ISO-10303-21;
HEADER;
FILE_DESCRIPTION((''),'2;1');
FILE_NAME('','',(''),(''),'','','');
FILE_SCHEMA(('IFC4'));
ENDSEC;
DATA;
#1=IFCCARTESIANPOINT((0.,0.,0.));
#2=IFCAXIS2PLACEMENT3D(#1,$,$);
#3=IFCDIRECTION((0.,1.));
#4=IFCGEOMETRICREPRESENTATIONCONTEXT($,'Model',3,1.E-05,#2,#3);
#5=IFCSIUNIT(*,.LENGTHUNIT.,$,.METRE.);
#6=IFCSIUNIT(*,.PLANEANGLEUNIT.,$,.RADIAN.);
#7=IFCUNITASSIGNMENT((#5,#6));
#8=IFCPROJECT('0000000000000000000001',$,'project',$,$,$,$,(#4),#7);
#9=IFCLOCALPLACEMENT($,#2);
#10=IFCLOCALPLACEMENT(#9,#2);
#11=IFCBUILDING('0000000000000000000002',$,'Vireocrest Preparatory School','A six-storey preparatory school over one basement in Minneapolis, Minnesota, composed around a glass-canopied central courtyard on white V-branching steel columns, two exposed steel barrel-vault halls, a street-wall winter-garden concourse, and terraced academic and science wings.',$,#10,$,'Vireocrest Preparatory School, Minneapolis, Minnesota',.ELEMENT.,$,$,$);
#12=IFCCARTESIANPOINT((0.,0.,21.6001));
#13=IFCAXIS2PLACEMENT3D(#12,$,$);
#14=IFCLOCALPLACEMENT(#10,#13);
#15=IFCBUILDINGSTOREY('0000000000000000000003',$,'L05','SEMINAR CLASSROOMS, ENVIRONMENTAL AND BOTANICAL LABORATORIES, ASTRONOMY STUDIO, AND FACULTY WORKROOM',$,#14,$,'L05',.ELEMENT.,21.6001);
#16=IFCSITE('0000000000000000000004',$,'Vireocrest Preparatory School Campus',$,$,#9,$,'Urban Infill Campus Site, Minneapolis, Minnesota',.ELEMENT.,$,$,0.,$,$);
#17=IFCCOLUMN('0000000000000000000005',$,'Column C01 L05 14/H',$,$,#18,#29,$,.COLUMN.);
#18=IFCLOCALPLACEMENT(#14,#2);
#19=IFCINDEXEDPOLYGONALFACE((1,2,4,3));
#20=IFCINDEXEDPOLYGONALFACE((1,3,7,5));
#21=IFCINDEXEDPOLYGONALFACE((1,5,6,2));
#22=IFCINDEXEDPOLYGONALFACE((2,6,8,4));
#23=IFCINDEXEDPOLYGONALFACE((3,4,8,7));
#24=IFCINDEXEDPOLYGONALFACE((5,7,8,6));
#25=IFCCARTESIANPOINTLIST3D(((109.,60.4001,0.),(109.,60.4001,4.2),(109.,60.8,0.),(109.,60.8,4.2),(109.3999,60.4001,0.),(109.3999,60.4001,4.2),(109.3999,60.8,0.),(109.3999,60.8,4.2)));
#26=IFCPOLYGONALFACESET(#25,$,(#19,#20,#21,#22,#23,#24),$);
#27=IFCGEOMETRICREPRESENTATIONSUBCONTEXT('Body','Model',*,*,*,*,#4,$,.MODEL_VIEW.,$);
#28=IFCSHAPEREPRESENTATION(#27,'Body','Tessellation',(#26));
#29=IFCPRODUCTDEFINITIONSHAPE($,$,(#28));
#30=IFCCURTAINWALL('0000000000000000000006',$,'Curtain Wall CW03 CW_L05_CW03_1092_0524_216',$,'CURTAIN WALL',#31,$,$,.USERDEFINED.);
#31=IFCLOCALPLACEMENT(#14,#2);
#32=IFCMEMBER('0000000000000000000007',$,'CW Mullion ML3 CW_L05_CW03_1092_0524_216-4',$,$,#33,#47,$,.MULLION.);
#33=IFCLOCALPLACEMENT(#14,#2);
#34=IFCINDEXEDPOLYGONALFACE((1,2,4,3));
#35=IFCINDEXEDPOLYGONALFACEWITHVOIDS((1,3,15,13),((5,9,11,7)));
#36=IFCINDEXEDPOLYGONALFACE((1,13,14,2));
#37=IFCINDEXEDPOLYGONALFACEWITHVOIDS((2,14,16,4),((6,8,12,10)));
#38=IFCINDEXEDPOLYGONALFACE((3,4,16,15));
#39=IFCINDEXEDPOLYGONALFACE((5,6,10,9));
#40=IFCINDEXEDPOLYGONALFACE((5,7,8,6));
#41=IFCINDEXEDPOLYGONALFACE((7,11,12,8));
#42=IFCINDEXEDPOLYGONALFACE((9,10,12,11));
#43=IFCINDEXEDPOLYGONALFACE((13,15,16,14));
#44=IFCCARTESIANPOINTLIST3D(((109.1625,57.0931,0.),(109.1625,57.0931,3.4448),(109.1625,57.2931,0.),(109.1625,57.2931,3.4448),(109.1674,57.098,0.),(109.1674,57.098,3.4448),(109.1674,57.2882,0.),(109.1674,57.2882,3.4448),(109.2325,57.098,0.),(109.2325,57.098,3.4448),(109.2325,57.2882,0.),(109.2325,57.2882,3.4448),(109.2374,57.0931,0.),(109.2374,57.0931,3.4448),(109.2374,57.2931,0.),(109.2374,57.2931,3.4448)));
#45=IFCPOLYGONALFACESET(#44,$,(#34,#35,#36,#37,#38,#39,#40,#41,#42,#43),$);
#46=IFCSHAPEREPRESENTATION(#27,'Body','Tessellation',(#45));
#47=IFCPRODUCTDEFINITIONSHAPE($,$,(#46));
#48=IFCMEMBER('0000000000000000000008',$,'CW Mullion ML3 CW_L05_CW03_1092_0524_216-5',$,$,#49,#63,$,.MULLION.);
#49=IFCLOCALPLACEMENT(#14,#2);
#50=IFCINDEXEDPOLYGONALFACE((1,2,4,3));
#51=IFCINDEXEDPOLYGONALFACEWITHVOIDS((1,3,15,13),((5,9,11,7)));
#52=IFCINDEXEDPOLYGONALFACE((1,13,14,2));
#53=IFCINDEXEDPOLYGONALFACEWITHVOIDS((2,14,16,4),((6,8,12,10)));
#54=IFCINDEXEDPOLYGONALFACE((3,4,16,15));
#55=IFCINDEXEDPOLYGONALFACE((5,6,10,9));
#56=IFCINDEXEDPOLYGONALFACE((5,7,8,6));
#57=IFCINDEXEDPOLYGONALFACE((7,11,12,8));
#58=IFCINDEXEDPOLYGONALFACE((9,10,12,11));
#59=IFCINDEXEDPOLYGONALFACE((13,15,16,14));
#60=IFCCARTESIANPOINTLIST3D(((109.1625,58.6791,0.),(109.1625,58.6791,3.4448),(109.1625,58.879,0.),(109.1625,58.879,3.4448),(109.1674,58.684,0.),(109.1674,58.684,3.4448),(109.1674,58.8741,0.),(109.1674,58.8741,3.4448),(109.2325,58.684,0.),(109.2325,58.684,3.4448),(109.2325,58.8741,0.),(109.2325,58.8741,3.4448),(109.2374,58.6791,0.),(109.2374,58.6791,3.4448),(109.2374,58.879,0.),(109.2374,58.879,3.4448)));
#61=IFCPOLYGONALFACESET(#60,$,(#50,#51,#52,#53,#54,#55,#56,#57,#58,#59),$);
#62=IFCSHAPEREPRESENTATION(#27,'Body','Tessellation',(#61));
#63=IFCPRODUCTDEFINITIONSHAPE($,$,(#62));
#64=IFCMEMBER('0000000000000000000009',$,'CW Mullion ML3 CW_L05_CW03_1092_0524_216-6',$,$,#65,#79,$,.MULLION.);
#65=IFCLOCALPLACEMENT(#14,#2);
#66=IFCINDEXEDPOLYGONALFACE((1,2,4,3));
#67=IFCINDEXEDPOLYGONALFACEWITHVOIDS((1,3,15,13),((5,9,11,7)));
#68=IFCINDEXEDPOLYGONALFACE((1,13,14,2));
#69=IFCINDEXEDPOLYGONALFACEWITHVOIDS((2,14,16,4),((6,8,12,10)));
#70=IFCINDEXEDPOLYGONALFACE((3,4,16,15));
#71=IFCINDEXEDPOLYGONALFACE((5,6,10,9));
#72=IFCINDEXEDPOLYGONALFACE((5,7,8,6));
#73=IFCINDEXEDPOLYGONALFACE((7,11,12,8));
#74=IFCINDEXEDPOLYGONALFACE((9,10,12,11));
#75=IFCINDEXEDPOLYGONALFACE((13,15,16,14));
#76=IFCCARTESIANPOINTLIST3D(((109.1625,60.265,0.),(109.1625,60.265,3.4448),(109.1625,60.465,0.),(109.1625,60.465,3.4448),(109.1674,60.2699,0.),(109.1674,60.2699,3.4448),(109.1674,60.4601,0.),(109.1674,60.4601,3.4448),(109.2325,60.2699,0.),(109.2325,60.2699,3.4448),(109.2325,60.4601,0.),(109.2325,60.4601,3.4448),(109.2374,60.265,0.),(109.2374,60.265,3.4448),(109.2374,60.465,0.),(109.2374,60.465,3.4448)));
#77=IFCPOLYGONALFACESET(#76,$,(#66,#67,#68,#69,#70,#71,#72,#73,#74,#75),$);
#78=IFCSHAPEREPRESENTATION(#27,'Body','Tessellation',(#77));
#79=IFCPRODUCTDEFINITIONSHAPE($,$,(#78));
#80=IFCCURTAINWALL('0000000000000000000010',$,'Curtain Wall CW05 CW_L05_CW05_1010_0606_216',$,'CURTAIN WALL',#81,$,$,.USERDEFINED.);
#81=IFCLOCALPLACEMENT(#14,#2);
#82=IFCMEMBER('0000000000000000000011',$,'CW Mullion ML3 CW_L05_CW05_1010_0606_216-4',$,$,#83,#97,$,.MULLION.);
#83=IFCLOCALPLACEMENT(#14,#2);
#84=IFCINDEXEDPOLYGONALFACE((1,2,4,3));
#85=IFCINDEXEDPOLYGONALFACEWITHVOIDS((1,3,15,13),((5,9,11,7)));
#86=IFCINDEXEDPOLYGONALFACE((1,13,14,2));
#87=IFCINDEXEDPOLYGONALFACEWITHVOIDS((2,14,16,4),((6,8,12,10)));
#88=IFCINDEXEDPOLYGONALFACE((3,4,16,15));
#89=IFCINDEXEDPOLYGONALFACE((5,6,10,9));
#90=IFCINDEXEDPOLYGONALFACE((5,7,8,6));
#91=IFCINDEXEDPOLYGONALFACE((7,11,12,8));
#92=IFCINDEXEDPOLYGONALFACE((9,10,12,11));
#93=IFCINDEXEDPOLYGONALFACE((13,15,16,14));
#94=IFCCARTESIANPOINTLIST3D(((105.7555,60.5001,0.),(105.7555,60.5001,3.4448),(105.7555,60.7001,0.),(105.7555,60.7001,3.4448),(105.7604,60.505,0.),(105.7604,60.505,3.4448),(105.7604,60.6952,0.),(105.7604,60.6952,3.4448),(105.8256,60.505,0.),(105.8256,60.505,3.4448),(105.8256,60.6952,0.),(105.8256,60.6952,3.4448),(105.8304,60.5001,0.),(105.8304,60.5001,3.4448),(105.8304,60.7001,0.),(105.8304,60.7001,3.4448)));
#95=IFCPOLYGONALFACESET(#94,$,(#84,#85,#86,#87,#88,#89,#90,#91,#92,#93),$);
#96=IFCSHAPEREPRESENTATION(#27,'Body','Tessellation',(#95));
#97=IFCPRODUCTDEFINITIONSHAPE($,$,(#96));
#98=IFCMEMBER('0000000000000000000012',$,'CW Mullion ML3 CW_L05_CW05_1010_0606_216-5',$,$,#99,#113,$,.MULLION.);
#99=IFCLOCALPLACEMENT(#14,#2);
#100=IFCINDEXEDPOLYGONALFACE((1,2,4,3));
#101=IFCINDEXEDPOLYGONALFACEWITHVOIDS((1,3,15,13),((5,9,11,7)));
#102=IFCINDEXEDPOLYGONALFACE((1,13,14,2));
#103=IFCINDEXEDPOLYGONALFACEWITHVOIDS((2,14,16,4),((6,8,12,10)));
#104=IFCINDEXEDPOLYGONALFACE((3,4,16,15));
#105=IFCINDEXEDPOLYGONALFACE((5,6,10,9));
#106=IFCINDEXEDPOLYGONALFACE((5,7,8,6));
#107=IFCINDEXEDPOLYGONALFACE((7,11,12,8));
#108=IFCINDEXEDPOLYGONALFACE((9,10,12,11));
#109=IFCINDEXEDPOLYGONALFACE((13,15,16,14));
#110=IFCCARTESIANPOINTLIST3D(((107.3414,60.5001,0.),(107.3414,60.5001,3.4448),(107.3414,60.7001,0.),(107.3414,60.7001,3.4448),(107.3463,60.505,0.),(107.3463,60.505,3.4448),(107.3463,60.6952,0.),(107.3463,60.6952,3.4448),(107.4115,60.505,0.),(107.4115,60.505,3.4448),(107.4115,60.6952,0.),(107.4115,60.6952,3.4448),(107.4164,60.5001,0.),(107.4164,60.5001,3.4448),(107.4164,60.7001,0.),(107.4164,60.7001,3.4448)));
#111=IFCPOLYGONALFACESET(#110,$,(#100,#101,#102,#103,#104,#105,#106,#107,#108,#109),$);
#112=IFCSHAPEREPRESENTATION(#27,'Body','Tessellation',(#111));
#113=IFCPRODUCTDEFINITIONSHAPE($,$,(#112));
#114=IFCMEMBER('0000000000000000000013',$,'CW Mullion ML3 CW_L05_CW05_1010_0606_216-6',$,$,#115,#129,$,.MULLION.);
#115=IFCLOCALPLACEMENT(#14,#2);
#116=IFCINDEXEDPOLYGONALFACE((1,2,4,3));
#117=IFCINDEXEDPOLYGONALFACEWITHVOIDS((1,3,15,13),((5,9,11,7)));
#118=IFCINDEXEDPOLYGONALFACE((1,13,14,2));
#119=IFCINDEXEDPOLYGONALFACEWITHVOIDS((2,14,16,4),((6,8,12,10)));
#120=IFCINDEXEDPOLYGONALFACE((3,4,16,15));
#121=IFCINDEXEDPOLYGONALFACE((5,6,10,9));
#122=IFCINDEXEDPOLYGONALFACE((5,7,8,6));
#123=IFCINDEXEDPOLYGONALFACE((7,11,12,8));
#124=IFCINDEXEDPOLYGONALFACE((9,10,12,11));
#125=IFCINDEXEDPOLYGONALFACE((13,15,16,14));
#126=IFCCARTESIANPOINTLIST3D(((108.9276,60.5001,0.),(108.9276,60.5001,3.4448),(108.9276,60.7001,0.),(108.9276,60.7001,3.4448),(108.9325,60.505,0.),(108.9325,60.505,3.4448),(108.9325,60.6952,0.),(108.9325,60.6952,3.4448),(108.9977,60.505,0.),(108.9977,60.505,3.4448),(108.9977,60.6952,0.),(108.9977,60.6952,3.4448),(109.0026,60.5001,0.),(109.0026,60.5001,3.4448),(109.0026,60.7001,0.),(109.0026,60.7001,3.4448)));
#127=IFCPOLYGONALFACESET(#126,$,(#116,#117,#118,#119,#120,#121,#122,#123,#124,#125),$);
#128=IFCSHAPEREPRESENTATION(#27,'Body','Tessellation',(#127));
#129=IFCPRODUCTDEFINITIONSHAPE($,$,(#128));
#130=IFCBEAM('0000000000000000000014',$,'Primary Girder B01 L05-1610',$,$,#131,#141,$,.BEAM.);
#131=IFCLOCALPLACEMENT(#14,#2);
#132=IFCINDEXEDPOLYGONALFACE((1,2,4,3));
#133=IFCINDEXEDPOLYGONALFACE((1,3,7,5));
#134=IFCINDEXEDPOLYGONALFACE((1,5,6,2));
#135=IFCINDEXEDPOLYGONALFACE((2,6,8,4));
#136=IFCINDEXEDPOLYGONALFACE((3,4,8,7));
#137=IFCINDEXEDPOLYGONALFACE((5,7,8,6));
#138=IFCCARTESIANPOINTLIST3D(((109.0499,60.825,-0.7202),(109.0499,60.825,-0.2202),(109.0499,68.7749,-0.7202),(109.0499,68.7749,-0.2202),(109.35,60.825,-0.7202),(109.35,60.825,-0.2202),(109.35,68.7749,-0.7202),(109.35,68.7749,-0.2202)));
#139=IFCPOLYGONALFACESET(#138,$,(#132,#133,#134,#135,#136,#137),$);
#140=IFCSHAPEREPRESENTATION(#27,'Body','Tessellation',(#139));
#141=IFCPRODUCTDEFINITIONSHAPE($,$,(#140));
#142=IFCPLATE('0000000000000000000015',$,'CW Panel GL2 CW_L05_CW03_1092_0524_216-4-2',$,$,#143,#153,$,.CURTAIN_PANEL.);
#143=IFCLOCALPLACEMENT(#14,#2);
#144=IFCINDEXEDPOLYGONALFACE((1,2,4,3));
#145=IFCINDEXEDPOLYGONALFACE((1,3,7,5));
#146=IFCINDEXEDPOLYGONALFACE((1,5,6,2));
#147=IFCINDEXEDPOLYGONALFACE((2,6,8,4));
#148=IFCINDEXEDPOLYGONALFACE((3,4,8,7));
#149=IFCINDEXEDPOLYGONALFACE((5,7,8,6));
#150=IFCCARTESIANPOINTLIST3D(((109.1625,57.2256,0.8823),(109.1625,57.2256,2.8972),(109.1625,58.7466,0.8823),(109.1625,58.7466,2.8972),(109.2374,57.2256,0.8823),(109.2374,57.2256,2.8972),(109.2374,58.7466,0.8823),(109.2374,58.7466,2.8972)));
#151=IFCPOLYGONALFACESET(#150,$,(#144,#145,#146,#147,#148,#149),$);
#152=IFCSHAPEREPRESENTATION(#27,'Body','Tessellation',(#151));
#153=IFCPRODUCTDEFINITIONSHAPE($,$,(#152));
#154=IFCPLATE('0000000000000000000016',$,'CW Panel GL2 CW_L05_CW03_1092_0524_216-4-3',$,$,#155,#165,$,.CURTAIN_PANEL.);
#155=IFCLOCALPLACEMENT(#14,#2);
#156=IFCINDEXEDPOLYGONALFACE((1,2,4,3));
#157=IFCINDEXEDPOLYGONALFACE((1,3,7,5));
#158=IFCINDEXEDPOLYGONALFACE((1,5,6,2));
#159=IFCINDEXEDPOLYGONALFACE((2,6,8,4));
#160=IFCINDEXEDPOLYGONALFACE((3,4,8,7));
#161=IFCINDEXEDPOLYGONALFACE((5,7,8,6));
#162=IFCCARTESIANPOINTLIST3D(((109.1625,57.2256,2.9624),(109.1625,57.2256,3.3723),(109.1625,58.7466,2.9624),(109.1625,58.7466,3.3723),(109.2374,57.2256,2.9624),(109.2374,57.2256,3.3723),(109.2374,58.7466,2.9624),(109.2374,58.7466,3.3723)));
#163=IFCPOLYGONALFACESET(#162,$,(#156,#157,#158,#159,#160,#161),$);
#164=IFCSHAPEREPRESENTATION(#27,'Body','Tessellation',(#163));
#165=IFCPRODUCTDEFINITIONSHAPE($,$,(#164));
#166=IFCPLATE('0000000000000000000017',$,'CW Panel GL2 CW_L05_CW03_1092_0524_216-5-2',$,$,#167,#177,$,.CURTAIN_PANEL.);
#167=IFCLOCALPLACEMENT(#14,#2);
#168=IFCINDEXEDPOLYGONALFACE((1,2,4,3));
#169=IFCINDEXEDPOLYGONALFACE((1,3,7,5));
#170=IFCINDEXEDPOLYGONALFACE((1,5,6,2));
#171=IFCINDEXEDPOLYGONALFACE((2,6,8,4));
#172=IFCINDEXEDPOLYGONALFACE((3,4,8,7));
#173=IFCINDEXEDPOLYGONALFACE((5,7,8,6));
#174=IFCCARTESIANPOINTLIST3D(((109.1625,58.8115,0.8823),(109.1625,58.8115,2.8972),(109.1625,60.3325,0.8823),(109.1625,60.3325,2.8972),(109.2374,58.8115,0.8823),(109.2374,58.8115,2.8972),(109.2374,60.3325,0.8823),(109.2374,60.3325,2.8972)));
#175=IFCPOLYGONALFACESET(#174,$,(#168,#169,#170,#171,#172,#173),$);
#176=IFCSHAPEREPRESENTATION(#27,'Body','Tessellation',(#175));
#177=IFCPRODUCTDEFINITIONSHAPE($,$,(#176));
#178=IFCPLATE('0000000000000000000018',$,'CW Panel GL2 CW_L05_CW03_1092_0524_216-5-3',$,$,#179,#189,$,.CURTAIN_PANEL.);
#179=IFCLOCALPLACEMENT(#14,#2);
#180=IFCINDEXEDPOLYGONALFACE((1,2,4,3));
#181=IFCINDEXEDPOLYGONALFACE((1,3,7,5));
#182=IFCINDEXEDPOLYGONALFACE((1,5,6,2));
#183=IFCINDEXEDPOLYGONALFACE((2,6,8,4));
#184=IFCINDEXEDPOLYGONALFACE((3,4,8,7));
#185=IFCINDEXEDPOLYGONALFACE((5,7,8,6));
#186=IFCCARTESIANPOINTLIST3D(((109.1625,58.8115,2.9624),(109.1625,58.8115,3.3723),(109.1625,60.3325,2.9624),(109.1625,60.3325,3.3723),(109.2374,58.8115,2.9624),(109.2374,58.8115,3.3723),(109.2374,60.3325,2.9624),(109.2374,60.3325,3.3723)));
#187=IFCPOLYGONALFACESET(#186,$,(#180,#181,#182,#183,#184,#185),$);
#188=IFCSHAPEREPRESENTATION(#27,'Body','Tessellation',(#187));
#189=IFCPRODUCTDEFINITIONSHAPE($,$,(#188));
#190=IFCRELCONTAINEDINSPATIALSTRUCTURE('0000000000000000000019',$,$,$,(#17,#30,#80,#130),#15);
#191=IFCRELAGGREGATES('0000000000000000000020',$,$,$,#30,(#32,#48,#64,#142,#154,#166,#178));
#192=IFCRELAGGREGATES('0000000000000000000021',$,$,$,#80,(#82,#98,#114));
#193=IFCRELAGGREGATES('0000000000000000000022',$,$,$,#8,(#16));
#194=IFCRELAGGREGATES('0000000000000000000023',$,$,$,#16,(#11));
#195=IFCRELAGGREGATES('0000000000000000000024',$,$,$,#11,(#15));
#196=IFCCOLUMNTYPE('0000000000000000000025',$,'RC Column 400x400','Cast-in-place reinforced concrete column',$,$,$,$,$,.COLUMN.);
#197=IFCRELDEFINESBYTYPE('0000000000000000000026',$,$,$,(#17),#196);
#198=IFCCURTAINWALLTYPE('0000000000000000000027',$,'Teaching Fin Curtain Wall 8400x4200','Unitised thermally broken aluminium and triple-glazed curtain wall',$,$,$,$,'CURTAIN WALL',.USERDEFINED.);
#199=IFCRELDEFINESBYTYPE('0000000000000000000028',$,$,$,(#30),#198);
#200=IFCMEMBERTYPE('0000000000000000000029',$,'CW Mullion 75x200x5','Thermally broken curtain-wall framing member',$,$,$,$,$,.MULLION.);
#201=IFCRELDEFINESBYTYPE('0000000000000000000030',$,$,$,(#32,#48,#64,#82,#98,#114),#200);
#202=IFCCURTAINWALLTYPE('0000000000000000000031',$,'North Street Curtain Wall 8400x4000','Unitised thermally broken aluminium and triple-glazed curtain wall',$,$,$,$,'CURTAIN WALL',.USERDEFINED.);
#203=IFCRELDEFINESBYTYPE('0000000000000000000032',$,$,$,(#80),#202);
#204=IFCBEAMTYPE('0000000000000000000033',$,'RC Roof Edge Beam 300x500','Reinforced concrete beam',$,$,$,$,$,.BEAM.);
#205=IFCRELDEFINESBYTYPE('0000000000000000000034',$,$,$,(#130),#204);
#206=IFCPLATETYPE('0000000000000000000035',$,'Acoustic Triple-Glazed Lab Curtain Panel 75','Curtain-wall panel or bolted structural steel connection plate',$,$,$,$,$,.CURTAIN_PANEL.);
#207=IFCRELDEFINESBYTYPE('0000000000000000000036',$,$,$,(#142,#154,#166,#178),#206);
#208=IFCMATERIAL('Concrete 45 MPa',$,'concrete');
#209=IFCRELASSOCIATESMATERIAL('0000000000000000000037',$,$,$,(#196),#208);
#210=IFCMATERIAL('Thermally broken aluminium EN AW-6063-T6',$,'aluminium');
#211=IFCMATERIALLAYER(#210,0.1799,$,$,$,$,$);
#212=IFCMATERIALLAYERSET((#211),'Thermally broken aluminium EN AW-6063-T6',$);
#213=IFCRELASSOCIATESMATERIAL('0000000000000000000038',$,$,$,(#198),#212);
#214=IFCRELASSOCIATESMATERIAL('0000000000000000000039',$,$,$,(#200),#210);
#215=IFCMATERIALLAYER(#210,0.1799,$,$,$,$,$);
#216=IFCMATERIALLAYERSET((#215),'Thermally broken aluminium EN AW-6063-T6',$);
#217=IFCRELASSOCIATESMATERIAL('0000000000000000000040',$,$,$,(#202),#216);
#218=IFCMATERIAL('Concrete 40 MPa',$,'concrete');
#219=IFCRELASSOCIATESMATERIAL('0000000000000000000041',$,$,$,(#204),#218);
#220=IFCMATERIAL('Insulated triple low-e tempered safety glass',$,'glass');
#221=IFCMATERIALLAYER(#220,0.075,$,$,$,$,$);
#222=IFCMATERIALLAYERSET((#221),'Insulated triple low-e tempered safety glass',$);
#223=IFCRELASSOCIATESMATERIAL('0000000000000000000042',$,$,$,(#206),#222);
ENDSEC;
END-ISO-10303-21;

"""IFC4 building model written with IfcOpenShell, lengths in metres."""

from ifc_helpers import new_model, si_unit, direction, frame, origin, origin_2d, place, context, subcontext, project, spatial, rectangle, hollow_rectangle, extrude, material, layer, layer_set, material_profile, profile_set, type_object, element, aggregate, save


model = new_model("IFC4")

# Units and contexts
model_context = context("Model", 3, precision=1e-05, world=origin(), true_north=direction((0.0, 1.0)))
body_context = subcontext(model_context, "Body", "Model", "MODEL_VIEW")
ifc_project = project(units=[si_unit("LENGTHUNIT", "METRE"), si_unit("PLANEANGLEUNIT", "RADIAN")], contexts=[model_context])

# Site, building, storey
site_placement = place(None, origin())
site = spatial("IfcSite", under=ifc_project, at=site_placement, Name="Vireocrest Preparatory School Campus", LongName="Urban Infill Campus Site, Minneapolis, Minnesota", CompositionType="ELEMENT", RefElevation=0.0)
building_placement = place(site_placement, origin())
building = spatial("IfcBuilding", under=site, at=building_placement, Name="Vireocrest Preparatory School", Description="A six-storey preparatory school over one basement in Minneapolis, Minnesota, composed around a glass-canopied central courtyard on white V-branching steel columns, two exposed steel barrel-vault halls, a street-wall winter-garden concourse, and terraced academic and science wings.", LongName="Vireocrest Preparatory School, Minneapolis, Minnesota", CompositionType="ELEMENT")
storey_placement = place(building_placement, frame((0.0, 0.0, 21.6001)))
storey = spatial("IfcBuildingStorey", under=building, at=storey_placement, Name="L05", Description="SEMINAR CLASSROOMS, ENVIRONMENTAL AND BOTANICAL LABORATORIES, ASTRONOMY STUDIO, AND FACULTY WORKROOM", LongName="L05", CompositionType="ELEMENT", Elevation=21.6001)

# Column
ifc_material_1 = material(Name="Concrete 45 MPa", Category="concrete")
ifc_material_profile_1 = material_profile(ifc_material_1, rectangle(XDim=0.3999, YDim=0.3999, at=origin_2d()), Name="RC 400x400")
ifc_profile_set_1 = profile_set([ifc_material_profile_1], Name="Concrete 45 MPa")
column_type = type_object("IfcColumnType", Name="RC Column 400x400", Description="Cast-in-place reinforced concrete column", PredefinedType="COLUMN", material=ifc_profile_set_1)
column_placement = place(storey_placement, frame((109.2, 60.6001, 0.0), z_axis=(0.0, 0.0, 1.0), x_axis=(1.0, 0.0, 0.0)))
element("IfcColumn", 1, at=column_placement, inside=storey, type_object=column_type, Name="Column C01 L05 14/H", PredefinedType="COLUMN", context=body_context, shape_type="SweptSolid", body=[
    extrude(rectangle(XDim=0.3999, YDim=0.3999, at=origin_2d()), origin(), (0.0, 0.0, 1.0), 4.2),
])

# Curtain walls, members
ifc_material_2 = material(Name="Thermally broken aluminium EN AW-6063-T6", Category="aluminium")
ifc_layer_1 = layer(ifc_material_2, 0.1799)
ifc_layer_set_1 = layer_set([ifc_layer_1], Name="Thermally broken aluminium EN AW-6063-T6")
curtain_wall_type_1 = type_object("IfcCurtainWallType", Name="Teaching Fin Curtain Wall 8400x4200", Description="Unitised thermally broken aluminium and triple-glazed curtain wall", ElementType="CURTAIN WALL", PredefinedType="USERDEFINED", material=ifc_layer_set_1)
curtain_wall_1_placement = place(storey_placement, origin())
curtain_wall_1 = element("IfcCurtainWall", 2, at=curtain_wall_1_placement, inside=storey, type_object=curtain_wall_type_1, Name="Curtain Wall CW03 CW_L05_CW03_1092_0524_216", ObjectType="CURTAIN WALL", PredefinedType="USERDEFINED")
ifc_material_profile_2 = material_profile(ifc_material_2, hollow_rectangle(XDim=0.075, YDim=0.2, WallThickness=0.0049, at=origin_2d()), Name="ALU 75x200x5")
ifc_profile_set_2 = profile_set([ifc_material_profile_2], Name="Thermally broken aluminium EN AW-6063-T6")
member_type = type_object("IfcMemberType", Name="CW Mullion 75x200x5", Description="Thermally broken curtain-wall framing member", PredefinedType="MULLION", material=ifc_profile_set_2)
member_1_placement = place(storey_placement, frame((109.2, 57.1931, 0.0), z_axis=(0.0, 0.0, 1.0), x_axis=(1.0, 0.0, 0.0)))
member_1 = element("IfcMember", 3, at=member_1_placement, type_object=member_type, Name="CW Mullion ML3 CW_L05_CW03_1092_0524_216-4", PredefinedType="MULLION", context=body_context, shape_type="SweptSolid", body=[
    extrude(hollow_rectangle(XDim=0.075, YDim=0.2, WallThickness=0.0049, at=origin_2d()), origin(), (0.0, 0.0, 1.0), 3.4448),
])
member_2_placement = place(storey_placement, frame((109.2, 58.7791, 0.0), z_axis=(0.0, 0.0, 1.0), x_axis=(1.0, 0.0, 0.0)))
member_2 = element("IfcMember", 4, at=member_2_placement, type_object=member_type, Name="CW Mullion ML3 CW_L05_CW03_1092_0524_216-5", PredefinedType="MULLION", context=body_context, shape_type="SweptSolid", body=[
    extrude(hollow_rectangle(XDim=0.075, YDim=0.2, WallThickness=0.0049, at=origin_2d()), origin(), (0.0, 0.0, 1.0), 3.4448),
])
member_3_placement = place(storey_placement, frame((109.2, 60.365, 0.0), z_axis=(0.0, 0.0, 1.0), x_axis=(1.0, 0.0, 0.0)))
member_3 = element("IfcMember", 5, at=member_3_placement, type_object=member_type, Name="CW Mullion ML3 CW_L05_CW03_1092_0524_216-6", PredefinedType="MULLION", context=body_context, shape_type="SweptSolid", body=[
    extrude(hollow_rectangle(XDim=0.075, YDim=0.2, WallThickness=0.0049, at=origin_2d()), origin(), (0.0, 0.0, 1.0), 3.4448),
])
ifc_layer_2 = layer(ifc_material_2, 0.1799)
ifc_layer_set_2 = layer_set([ifc_layer_2], Name="Thermally broken aluminium EN AW-6063-T6")
curtain_wall_type_2 = type_object("IfcCurtainWallType", Name="North Street Curtain Wall 8400x4000", Description="Unitised thermally broken aluminium and triple-glazed curtain wall", ElementType="CURTAIN WALL", PredefinedType="USERDEFINED", material=ifc_layer_set_2)
curtain_wall_2_placement = place(storey_placement, origin())
curtain_wall_2 = element("IfcCurtainWall", 6, at=curtain_wall_2_placement, inside=storey, type_object=curtain_wall_type_2, Name="Curtain Wall CW05 CW_L05_CW05_1010_0606_216", ObjectType="CURTAIN WALL", PredefinedType="USERDEFINED")
member_4_placement = place(storey_placement, frame((105.793, 60.6001, 0.0), z_axis=(0.0, 0.0, 1.0), x_axis=(1.0, 0.0, 0.0)))
member_4 = element("IfcMember", 7, at=member_4_placement, type_object=member_type, Name="CW Mullion ML3 CW_L05_CW05_1010_0606_216-4", PredefinedType="MULLION", context=body_context, shape_type="SweptSolid", body=[
    extrude(hollow_rectangle(XDim=0.075, YDim=0.2, WallThickness=0.0049, at=origin_2d()), origin(), (0.0, 0.0, 1.0), 3.4448),
])
member_5_placement = place(storey_placement, frame((107.3789, 60.6001, 0.0), z_axis=(0.0, 0.0, 1.0), x_axis=(1.0, 0.0, 0.0)))
member_5 = element("IfcMember", 8, at=member_5_placement, type_object=member_type, Name="CW Mullion ML3 CW_L05_CW05_1010_0606_216-5", PredefinedType="MULLION", context=body_context, shape_type="SweptSolid", body=[
    extrude(hollow_rectangle(XDim=0.075, YDim=0.2, WallThickness=0.0049, at=origin_2d()), origin(), (0.0, 0.0, 1.0), 3.4448),
])
member_6_placement = place(storey_placement, frame((108.9651, 60.6001, 0.0), z_axis=(0.0, 0.0, 1.0), x_axis=(1.0, 0.0, 0.0)))
member_6 = element("IfcMember", 9, at=member_6_placement, type_object=member_type, Name="CW Mullion ML3 CW_L05_CW05_1010_0606_216-6", PredefinedType="MULLION", context=body_context, shape_type="SweptSolid", body=[
    extrude(hollow_rectangle(XDim=0.075, YDim=0.2, WallThickness=0.0049, at=origin_2d()), origin(), (0.0, 0.0, 1.0), 3.4448),
])

# Beam
ifc_material_3 = material(Name="Concrete 40 MPa", Category="concrete")
ifc_material_profile_3 = material_profile(ifc_material_3, rectangle(XDim=0.3, YDim=0.5, at=origin_2d()), Name="RC 300x500")
ifc_profile_set_3 = profile_set([ifc_material_profile_3], Name="Concrete 40 MPa")
beam_type = type_object("IfcBeamType", Name="RC Roof Edge Beam 300x500", Description="Reinforced concrete beam", PredefinedType="BEAM", material=ifc_profile_set_3)
beam_placement = place(storey_placement, frame((109.2, 60.825, -0.4702), z_axis=(0.0, 1.0, 0.0), x_axis=(-1.0, 0.0, 0.0)))
element("IfcBeam", 10, at=beam_placement, inside=storey, type_object=beam_type, Name="Primary Girder B01 L05-1610", PredefinedType="BEAM", context=body_context, shape_type="SweptSolid", body=[
    extrude(rectangle(XDim=0.3, YDim=0.5, at=origin_2d()), origin(), (0.0, 0.0, 1.0), 7.95),
])

# Plates
ifc_material_4 = material(Name="Insulated triple low-e tempered safety glass", Category="glass")
ifc_layer_3 = layer(ifc_material_4, 0.075)
ifc_layer_set_3 = layer_set([ifc_layer_3], Name="Insulated triple low-e tempered safety glass")
plate_type_1 = type_object("IfcPlateType", Name="Acoustic Triple-Glazed Lab Curtain Panel 75", Description="Curtain-wall panel or bolted structural steel connection plate", PredefinedType="CURTAIN_PANEL", material=ifc_layer_set_3)
plate_1_placement = place(storey_placement, frame((109.2, 57.9861, 0.8823), z_axis=(0.0, 0.0, 1.0), x_axis=(0.0, 1.0, 0.0)))
plate_1 = element("IfcPlate", 11, at=plate_1_placement, type_object=plate_type_1, Name="CW Panel GL2 CW_L05_CW03_1092_0524_216-4-2", PredefinedType="CURTAIN_PANEL", context=body_context, shape_type="SweptSolid", body=[
    extrude(rectangle(XDim=1.521, YDim=0.075, at=origin_2d()), origin(), (0.0, 0.0, 1.0), 2.0149),
])
plate_2_placement = place(storey_placement, frame((109.2, 57.9861, 2.9624), z_axis=(0.0, 0.0, 1.0), x_axis=(0.0, 1.0, 0.0)))
plate_2 = element("IfcPlate", 12, at=plate_2_placement, type_object=plate_type_1, Name="CW Panel GL2 CW_L05_CW03_1092_0524_216-4-3", PredefinedType="CURTAIN_PANEL", context=body_context, shape_type="SweptSolid", body=[
    extrude(rectangle(XDim=1.521, YDim=0.075, at=origin_2d()), origin(), (0.0, 0.0, 1.0), 0.4099),
])
plate_3_placement = place(storey_placement, frame((109.2, 59.572, 0.8823), z_axis=(0.0, 0.0, 1.0), x_axis=(0.0, 1.0, 0.0)))
plate_3 = element("IfcPlate", 13, at=plate_3_placement, type_object=plate_type_1, Name="CW Panel GL2 CW_L05_CW03_1092_0524_216-5-2", PredefinedType="CURTAIN_PANEL", context=body_context, shape_type="SweptSolid", body=[
    extrude(rectangle(XDim=1.521, YDim=0.075, at=origin_2d()), origin(), (0.0, 0.0, 1.0), 2.0149),
])
plate_4_placement = place(storey_placement, frame((109.2, 59.572, 2.9624), z_axis=(0.0, 0.0, 1.0), x_axis=(0.0, 1.0, 0.0)))
plate_4 = element("IfcPlate", 14, at=plate_4_placement, type_object=plate_type_1, Name="CW Panel GL2 CW_L05_CW03_1092_0524_216-5-3", PredefinedType="CURTAIN_PANEL", context=body_context, shape_type="SweptSolid", body=[
    extrude(rectangle(XDim=1.521, YDim=0.075, at=origin_2d()), origin(), (0.0, 0.0, 1.0), 0.4099),
])
aggregate(curtain_wall_1, [member_1, member_2, member_3, plate_1, plate_2, plate_3, plate_4])
aggregate(curtain_wall_2, [member_4, member_5, member_6])

save(model, "model.ifc")
